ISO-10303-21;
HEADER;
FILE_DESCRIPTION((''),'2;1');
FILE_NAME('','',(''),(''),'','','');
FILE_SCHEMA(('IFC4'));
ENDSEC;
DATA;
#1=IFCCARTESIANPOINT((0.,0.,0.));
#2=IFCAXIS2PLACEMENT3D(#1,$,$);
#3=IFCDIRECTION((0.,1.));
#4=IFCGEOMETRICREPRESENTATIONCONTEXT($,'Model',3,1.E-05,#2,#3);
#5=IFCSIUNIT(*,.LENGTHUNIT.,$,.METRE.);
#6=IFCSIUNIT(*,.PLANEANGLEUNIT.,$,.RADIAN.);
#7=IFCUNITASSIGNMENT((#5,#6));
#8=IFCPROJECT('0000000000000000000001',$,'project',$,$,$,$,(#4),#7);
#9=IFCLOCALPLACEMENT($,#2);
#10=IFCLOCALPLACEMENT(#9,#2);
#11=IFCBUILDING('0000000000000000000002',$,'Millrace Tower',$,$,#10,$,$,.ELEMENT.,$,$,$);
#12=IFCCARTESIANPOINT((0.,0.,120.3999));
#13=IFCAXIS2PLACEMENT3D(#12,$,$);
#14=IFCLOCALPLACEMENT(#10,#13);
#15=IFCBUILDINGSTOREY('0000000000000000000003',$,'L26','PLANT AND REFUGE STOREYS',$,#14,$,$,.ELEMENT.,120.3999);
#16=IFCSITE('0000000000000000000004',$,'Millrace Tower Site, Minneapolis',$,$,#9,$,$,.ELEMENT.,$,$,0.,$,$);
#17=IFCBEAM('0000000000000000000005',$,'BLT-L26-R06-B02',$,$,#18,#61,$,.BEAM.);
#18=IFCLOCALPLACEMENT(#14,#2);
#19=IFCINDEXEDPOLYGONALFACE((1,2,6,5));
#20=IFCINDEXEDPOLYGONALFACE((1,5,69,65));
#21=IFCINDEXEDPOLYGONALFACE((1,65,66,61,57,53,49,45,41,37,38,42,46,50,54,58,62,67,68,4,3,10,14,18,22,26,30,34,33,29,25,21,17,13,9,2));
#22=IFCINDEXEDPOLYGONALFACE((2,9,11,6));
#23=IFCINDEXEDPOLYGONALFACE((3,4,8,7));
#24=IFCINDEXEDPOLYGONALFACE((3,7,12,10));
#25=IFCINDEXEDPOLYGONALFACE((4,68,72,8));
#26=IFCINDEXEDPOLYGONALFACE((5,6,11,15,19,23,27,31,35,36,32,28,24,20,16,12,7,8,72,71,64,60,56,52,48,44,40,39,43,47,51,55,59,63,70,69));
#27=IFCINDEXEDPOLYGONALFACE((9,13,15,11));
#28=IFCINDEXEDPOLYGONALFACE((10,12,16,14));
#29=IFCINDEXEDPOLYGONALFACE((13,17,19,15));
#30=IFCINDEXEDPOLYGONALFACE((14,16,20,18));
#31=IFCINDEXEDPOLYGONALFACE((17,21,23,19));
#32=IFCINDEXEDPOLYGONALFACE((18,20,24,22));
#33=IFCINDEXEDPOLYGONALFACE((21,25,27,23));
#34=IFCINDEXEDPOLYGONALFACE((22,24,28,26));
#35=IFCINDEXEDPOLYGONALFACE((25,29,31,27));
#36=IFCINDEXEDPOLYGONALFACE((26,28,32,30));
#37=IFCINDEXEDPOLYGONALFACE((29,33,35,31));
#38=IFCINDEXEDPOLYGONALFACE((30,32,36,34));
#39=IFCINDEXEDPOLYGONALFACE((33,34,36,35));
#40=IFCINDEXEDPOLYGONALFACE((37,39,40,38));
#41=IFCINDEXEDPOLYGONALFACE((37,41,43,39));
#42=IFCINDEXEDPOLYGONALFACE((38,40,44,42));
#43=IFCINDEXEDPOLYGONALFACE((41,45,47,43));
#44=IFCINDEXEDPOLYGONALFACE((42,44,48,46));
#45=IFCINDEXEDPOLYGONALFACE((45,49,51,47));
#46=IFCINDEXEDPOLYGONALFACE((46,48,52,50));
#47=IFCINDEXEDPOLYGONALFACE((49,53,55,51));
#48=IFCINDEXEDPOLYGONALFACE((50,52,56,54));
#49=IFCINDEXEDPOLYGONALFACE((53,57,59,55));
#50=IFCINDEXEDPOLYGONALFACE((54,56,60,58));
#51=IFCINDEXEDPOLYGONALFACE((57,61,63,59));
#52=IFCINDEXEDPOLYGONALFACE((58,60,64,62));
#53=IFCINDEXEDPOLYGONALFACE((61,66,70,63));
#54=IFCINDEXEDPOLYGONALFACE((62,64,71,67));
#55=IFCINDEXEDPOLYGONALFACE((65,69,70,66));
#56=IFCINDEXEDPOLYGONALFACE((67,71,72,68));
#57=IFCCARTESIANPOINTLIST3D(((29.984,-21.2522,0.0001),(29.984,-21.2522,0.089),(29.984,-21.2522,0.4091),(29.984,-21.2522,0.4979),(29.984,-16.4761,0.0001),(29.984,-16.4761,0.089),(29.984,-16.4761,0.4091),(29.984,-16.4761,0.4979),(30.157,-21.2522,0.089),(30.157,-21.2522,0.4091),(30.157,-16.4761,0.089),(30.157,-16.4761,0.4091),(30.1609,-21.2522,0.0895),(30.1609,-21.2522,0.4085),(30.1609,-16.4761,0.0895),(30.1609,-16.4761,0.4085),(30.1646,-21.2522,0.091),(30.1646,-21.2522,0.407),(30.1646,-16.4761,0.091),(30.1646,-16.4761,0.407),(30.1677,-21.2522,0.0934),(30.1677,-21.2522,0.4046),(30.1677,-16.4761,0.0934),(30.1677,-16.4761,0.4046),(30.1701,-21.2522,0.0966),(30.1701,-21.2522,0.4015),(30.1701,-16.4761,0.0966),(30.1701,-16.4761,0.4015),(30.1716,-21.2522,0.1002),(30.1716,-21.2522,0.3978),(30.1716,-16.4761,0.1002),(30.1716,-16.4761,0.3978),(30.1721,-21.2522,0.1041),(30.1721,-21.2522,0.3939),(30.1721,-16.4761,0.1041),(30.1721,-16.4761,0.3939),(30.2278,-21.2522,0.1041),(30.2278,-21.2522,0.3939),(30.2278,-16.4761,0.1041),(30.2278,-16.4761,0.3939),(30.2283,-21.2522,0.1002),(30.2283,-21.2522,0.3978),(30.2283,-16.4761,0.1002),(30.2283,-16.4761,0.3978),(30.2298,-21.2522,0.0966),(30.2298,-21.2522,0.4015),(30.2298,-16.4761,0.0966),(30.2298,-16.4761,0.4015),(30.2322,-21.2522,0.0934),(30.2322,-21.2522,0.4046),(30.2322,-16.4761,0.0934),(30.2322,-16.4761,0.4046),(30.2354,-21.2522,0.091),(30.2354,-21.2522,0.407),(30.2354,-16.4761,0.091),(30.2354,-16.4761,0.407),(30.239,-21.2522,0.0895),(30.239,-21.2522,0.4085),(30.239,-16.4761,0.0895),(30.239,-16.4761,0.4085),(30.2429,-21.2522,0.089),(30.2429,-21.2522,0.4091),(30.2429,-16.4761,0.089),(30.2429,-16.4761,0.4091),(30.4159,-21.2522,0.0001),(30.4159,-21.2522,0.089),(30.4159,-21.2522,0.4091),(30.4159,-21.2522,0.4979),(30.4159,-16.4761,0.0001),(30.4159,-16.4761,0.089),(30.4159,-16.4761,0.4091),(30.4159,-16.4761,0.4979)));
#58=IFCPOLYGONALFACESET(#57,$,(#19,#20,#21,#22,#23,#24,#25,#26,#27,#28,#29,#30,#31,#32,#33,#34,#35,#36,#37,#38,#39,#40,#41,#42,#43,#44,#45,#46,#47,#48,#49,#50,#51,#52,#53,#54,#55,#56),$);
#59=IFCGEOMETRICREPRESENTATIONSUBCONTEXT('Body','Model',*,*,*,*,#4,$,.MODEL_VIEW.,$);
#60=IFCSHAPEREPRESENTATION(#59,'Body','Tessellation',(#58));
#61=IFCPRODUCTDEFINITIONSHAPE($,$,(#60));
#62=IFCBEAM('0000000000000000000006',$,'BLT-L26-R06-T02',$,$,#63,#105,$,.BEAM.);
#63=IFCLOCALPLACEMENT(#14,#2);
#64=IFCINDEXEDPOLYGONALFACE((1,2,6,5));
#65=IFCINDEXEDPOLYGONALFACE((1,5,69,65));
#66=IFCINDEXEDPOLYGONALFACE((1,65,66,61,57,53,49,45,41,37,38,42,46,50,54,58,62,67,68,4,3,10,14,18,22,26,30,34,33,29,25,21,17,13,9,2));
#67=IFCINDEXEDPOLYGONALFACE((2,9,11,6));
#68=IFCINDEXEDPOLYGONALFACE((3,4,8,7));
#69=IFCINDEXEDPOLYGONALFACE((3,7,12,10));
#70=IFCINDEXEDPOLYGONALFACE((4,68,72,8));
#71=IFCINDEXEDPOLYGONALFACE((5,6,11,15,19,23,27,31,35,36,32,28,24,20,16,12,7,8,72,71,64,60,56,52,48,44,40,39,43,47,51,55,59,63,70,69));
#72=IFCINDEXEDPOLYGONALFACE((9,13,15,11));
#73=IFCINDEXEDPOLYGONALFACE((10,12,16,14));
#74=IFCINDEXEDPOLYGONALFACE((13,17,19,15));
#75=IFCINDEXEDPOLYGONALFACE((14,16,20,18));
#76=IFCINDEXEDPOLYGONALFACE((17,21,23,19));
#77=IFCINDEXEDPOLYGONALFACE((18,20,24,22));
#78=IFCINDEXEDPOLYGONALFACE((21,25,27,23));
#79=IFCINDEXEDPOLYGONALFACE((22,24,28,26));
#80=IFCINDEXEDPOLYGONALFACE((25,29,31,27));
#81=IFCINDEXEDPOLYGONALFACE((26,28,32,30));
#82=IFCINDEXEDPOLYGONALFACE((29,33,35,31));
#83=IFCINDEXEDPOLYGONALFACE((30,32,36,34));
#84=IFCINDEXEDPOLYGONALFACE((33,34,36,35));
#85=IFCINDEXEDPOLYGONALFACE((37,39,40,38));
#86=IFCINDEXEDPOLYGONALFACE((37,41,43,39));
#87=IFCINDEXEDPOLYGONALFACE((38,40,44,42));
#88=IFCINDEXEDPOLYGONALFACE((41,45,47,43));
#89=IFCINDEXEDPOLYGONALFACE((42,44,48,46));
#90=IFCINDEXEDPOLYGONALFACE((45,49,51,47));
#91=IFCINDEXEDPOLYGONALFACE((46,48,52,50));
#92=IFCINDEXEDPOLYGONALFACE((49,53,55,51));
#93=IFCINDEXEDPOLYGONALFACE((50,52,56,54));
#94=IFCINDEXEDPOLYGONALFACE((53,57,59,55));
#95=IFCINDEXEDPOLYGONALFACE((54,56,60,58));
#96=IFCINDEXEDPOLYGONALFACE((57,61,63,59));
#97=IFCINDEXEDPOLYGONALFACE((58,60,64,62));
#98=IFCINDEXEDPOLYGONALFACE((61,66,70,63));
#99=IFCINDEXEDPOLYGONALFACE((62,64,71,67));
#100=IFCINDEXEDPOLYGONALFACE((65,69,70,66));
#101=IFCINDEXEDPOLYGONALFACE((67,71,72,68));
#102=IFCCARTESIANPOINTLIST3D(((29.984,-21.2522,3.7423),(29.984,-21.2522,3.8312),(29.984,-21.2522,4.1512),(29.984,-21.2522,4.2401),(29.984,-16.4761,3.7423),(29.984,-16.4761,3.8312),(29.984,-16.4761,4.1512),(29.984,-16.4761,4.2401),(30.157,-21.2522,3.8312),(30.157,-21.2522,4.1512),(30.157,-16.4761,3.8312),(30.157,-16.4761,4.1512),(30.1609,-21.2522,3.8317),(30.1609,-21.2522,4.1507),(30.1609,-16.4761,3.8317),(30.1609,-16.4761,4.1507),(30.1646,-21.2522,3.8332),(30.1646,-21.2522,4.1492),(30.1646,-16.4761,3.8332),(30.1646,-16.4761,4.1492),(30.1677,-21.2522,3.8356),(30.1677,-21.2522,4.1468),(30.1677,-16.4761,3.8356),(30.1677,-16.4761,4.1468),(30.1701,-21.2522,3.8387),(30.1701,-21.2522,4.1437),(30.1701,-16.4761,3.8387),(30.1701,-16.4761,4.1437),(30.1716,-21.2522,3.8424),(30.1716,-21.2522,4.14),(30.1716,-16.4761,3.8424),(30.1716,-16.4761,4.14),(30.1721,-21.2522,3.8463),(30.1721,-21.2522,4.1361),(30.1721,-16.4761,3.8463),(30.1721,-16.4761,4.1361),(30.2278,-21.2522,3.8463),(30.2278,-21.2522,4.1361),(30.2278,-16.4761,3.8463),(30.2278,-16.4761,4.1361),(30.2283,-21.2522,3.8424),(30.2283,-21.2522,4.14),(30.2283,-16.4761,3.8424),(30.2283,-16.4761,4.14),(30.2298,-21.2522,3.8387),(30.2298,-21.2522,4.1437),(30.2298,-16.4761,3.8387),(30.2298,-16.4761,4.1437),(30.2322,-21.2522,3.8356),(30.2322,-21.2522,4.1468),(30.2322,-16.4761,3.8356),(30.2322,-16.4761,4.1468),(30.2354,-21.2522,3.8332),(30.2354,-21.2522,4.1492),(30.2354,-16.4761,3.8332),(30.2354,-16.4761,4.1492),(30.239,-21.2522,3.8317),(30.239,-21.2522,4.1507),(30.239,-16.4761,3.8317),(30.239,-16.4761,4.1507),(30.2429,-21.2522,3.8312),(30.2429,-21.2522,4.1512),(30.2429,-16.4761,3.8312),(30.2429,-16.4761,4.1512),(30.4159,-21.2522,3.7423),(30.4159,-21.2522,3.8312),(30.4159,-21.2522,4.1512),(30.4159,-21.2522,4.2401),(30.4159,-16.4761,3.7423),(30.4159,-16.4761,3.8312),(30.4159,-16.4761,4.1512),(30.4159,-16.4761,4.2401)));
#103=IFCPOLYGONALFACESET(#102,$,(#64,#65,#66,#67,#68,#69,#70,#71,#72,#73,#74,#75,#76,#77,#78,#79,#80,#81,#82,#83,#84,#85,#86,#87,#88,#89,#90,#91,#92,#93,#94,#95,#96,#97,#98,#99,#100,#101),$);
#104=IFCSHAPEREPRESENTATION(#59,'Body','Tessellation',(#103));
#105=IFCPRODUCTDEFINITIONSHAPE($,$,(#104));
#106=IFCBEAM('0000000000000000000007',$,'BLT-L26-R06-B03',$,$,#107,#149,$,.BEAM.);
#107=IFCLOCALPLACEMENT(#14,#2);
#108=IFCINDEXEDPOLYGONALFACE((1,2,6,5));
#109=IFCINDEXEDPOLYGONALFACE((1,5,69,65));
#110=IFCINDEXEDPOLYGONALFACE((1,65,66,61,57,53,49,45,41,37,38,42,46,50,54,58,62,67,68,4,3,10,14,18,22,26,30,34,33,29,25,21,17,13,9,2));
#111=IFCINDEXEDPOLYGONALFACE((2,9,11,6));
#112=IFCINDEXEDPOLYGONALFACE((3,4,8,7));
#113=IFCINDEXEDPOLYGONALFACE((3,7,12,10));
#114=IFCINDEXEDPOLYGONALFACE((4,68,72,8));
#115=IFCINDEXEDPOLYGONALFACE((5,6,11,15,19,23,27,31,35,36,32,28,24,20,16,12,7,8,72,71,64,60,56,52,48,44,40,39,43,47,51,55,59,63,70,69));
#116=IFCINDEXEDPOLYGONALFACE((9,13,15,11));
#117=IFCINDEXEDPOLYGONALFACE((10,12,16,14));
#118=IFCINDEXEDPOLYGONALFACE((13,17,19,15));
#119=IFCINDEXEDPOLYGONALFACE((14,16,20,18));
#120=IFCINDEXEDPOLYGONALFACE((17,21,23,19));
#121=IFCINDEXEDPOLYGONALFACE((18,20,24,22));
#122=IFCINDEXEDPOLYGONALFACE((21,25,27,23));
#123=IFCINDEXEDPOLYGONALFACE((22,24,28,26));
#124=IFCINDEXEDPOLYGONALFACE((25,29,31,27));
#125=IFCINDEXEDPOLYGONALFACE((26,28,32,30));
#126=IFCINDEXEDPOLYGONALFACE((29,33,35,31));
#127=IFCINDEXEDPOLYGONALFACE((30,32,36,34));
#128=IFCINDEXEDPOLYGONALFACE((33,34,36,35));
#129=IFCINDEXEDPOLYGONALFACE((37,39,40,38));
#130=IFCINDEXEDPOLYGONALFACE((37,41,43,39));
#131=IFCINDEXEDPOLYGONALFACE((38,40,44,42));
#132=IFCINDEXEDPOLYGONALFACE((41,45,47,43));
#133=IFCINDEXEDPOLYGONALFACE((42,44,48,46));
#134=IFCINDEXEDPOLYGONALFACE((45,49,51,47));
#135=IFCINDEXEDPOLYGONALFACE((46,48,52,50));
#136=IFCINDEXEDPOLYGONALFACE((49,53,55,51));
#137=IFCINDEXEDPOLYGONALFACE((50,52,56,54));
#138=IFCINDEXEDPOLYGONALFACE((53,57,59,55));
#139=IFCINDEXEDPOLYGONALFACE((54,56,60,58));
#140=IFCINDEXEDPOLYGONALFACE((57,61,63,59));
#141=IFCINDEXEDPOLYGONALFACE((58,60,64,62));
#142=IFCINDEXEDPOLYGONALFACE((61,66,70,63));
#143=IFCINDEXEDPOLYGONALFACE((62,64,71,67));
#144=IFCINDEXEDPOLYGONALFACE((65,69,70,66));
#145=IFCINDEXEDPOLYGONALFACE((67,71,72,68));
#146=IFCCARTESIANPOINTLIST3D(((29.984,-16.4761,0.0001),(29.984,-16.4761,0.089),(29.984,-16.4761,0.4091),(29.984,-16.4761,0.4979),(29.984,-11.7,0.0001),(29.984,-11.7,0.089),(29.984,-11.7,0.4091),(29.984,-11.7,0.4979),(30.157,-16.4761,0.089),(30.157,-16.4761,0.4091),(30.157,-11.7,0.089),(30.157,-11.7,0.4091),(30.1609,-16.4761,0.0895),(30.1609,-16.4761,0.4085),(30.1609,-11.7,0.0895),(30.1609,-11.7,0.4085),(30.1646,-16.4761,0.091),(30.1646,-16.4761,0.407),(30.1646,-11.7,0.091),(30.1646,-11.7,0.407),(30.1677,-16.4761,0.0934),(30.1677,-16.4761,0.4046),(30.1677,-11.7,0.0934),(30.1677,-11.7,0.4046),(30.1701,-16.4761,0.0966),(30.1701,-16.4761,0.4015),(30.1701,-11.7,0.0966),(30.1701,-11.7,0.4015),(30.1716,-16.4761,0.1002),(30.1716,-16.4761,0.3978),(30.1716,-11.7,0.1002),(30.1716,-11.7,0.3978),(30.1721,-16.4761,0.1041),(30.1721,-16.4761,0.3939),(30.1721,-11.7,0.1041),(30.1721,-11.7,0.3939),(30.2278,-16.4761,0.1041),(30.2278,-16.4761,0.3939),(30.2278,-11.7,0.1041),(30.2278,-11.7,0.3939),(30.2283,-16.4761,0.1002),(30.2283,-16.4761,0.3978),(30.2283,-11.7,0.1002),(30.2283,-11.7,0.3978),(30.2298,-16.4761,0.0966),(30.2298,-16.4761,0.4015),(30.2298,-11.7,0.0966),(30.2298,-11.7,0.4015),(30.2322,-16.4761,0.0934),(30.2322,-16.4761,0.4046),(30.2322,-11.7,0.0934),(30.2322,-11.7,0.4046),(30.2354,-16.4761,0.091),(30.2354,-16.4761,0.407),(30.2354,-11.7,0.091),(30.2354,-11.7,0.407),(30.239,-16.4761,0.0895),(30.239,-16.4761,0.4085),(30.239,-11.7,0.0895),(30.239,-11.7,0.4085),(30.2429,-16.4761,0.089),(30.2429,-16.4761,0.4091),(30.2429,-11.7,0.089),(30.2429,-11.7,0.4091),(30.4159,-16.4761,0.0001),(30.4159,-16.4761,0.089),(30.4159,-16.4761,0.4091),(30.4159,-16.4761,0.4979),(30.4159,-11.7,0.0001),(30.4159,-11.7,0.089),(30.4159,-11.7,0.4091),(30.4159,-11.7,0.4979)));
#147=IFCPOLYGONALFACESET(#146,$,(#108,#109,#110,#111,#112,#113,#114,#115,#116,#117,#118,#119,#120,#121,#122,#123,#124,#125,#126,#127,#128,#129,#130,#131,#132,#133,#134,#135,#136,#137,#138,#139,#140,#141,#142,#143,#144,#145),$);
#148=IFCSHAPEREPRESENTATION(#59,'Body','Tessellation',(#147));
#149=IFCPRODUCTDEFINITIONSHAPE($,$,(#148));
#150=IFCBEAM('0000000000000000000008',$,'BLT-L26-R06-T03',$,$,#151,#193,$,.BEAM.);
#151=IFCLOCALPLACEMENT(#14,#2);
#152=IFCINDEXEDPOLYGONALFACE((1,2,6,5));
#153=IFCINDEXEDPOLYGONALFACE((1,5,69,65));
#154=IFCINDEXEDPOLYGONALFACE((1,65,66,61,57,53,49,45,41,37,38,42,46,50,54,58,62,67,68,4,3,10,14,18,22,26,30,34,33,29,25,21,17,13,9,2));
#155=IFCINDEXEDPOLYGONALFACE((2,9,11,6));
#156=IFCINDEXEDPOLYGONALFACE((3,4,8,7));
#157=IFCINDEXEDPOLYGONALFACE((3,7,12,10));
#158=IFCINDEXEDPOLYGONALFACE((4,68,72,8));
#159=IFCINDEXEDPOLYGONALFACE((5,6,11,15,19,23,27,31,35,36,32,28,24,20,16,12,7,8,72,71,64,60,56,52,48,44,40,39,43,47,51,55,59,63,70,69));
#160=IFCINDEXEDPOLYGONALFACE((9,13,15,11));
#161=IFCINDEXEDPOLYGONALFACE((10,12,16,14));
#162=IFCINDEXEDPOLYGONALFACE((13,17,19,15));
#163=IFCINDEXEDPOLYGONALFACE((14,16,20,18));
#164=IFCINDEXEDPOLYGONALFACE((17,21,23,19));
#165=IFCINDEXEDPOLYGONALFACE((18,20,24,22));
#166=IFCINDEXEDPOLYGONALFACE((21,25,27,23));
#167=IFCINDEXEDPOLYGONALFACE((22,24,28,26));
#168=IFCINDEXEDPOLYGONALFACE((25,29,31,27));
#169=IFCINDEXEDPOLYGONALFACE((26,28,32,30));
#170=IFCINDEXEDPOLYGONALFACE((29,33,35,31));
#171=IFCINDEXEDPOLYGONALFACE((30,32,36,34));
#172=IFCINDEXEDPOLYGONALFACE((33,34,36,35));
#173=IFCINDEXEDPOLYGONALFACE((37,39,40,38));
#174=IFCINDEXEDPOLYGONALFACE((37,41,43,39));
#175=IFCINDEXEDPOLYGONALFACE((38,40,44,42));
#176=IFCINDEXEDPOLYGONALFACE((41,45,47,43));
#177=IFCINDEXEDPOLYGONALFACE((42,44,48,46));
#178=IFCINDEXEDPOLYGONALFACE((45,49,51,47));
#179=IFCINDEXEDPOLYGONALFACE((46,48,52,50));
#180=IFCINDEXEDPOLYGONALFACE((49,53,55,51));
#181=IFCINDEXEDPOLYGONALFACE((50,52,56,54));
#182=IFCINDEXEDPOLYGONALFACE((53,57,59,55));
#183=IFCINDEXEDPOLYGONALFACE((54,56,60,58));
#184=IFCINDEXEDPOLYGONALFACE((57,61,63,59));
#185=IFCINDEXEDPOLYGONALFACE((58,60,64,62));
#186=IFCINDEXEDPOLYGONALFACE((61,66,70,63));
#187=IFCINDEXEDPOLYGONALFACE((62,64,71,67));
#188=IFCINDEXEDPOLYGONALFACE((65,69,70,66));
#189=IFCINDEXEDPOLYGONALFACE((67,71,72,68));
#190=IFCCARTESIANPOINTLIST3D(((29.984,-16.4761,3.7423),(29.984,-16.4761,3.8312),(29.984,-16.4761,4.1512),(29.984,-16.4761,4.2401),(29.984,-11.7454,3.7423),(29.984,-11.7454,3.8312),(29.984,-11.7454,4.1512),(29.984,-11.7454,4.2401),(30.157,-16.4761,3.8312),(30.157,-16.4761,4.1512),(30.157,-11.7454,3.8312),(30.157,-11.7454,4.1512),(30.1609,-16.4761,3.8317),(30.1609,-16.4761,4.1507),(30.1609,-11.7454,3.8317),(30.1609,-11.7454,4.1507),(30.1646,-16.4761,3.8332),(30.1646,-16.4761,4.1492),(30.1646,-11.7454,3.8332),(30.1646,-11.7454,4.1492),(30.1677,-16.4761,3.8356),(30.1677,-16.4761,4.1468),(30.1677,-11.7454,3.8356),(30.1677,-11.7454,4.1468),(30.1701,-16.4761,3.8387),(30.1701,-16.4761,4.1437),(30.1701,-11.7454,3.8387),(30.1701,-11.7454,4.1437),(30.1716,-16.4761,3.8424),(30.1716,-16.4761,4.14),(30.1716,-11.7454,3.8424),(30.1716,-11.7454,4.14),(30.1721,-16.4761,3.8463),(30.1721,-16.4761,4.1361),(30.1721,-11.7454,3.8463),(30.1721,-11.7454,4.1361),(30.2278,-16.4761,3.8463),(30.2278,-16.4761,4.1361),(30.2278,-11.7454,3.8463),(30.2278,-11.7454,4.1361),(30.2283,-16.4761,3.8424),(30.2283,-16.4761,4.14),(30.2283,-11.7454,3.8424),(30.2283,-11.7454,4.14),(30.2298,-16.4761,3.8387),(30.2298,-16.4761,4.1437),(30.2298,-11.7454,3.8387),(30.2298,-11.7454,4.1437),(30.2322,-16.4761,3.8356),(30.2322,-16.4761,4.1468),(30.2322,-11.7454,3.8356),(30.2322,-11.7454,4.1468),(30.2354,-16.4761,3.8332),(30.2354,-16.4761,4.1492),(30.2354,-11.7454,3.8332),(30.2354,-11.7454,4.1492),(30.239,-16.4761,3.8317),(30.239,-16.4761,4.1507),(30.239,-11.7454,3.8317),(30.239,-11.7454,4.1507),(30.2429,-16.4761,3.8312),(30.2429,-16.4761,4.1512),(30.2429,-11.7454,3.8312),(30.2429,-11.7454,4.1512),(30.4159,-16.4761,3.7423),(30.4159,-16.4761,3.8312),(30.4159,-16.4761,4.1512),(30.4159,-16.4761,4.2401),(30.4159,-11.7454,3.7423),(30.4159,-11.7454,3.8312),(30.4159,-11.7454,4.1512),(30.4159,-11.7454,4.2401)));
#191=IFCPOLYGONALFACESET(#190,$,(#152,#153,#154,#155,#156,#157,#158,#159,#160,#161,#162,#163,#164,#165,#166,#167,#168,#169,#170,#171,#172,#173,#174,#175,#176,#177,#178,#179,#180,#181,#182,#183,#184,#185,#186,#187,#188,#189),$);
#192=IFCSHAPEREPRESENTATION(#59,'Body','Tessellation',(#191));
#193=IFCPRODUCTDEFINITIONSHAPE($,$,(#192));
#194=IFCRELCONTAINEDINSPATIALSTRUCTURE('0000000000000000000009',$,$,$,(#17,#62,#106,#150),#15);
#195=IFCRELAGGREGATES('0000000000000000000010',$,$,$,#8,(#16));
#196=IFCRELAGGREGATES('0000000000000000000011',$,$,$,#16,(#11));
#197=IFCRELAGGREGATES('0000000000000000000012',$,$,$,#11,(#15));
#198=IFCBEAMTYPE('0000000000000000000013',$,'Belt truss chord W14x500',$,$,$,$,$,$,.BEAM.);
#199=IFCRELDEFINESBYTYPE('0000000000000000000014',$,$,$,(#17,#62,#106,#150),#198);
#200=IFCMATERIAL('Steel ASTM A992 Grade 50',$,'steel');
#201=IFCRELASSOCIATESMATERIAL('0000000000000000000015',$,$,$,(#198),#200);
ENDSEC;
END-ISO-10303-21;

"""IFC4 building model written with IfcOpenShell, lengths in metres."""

from ifc_helpers import new_model, si_unit, direction, frame, origin, origin_2d, place, context, subcontext, project, spatial, i_section, extrude, material, material_profile, profile_set, type_object, element, save


model = new_model("IFC4")

# Units and contexts
model_context = context("Model", 3, precision=1e-05, world=origin(), true_north=direction((0.0, 1.0)))
body_context = subcontext(model_context, "Body", "Model", "MODEL_VIEW")
ifc_project = project(units=[si_unit("LENGTHUNIT", "METRE"), si_unit("PLANEANGLEUNIT", "RADIAN")], contexts=[model_context])

# Site, building, storey
site_placement = place(None, origin())
site = spatial("IfcSite", under=ifc_project, at=site_placement, Name="Millrace Tower Site, Minneapolis", CompositionType="ELEMENT", RefElevation=0.0)
building_placement = place(site_placement, origin())
building = spatial("IfcBuilding", under=site, at=building_placement, Name="Millrace Tower", CompositionType="ELEMENT")
storey_placement = place(building_placement, frame((0.0, 0.0, 120.3999)))
storey = spatial("IfcBuildingStorey", under=building, at=storey_placement, Name="L26", Description="PLANT AND REFUGE STOREYS", CompositionType="ELEMENT", Elevation=120.3999)

# Beams
ifc_material_1 = material(Name="Steel ASTM A992 Grade 50", Category="steel")
ifc_material_profile_1 = material_profile(ifc_material_1, i_section(OverallWidth=0.4319, OverallDepth=0.4978, WebThickness=0.0557, FlangeThickness=0.0889, FilletRadius=0.0151, at=origin_2d()))
ifc_profile_set_1 = profile_set([ifc_material_profile_1], Name="Steel ASTM A992 Grade 50")
beam_type_1 = type_object("IfcBeamType", Name="Belt truss chord W14x500", PredefinedType="BEAM", material=ifc_profile_set_1)
for number, where, z_axis, x_axis, name in (
    (1, (30.2, -21.2522, 0.249), (0.0, 1.0, 0.0), (-1.0, 0.0, 0.0), "BLT-L26-R06-B02"),
    (2, (30.2, -21.2522, 3.9912), (0.0, 1.0, 0.0), (-1.0, 0.0, 0.0), "BLT-L26-R06-T02"),
    (3, (30.2, -16.4761, 0.249), (0.0, 1.0, 0.0), (-1.0, 0.0, 0.0), "BLT-L26-R06-B03"),
):
    element("IfcBeam", number, at=place(storey_placement, frame(where, z_axis=z_axis, x_axis=x_axis)), inside=storey, type_object=beam_type_1, Name=name, PredefinedType="BEAM", context=body_context, shape_type="SweptSolid", body=[
        extrude(i_section(OverallWidth=0.4319, OverallDepth=0.4978, WebThickness=0.0557, FlangeThickness=0.0889, FilletRadius=0.0151, at=origin_2d()), origin(), (0.0, 0.0, 1.0), 4.7761),
    ])
beam_1_placement = place(storey_placement, frame((30.2, -16.4761, 3.9912), z_axis=(0.0, 1.0, 0.0), x_axis=(-1.0, 0.0, 0.0)))
element("IfcBeam", 4, at=beam_1_placement, inside=storey, type_object=beam_type_1, Name="BLT-L26-R06-T03", PredefinedType="BEAM", context=body_context, shape_type="SweptSolid", body=[
    extrude(i_section(OverallWidth=0.4319, OverallDepth=0.4978, WebThickness=0.0557, FlangeThickness=0.0889, FilletRadius=0.0151, at=origin_2d()), origin(), (0.0, 0.0, 1.0), 4.7307),
])

save(model, "model.ifc")
